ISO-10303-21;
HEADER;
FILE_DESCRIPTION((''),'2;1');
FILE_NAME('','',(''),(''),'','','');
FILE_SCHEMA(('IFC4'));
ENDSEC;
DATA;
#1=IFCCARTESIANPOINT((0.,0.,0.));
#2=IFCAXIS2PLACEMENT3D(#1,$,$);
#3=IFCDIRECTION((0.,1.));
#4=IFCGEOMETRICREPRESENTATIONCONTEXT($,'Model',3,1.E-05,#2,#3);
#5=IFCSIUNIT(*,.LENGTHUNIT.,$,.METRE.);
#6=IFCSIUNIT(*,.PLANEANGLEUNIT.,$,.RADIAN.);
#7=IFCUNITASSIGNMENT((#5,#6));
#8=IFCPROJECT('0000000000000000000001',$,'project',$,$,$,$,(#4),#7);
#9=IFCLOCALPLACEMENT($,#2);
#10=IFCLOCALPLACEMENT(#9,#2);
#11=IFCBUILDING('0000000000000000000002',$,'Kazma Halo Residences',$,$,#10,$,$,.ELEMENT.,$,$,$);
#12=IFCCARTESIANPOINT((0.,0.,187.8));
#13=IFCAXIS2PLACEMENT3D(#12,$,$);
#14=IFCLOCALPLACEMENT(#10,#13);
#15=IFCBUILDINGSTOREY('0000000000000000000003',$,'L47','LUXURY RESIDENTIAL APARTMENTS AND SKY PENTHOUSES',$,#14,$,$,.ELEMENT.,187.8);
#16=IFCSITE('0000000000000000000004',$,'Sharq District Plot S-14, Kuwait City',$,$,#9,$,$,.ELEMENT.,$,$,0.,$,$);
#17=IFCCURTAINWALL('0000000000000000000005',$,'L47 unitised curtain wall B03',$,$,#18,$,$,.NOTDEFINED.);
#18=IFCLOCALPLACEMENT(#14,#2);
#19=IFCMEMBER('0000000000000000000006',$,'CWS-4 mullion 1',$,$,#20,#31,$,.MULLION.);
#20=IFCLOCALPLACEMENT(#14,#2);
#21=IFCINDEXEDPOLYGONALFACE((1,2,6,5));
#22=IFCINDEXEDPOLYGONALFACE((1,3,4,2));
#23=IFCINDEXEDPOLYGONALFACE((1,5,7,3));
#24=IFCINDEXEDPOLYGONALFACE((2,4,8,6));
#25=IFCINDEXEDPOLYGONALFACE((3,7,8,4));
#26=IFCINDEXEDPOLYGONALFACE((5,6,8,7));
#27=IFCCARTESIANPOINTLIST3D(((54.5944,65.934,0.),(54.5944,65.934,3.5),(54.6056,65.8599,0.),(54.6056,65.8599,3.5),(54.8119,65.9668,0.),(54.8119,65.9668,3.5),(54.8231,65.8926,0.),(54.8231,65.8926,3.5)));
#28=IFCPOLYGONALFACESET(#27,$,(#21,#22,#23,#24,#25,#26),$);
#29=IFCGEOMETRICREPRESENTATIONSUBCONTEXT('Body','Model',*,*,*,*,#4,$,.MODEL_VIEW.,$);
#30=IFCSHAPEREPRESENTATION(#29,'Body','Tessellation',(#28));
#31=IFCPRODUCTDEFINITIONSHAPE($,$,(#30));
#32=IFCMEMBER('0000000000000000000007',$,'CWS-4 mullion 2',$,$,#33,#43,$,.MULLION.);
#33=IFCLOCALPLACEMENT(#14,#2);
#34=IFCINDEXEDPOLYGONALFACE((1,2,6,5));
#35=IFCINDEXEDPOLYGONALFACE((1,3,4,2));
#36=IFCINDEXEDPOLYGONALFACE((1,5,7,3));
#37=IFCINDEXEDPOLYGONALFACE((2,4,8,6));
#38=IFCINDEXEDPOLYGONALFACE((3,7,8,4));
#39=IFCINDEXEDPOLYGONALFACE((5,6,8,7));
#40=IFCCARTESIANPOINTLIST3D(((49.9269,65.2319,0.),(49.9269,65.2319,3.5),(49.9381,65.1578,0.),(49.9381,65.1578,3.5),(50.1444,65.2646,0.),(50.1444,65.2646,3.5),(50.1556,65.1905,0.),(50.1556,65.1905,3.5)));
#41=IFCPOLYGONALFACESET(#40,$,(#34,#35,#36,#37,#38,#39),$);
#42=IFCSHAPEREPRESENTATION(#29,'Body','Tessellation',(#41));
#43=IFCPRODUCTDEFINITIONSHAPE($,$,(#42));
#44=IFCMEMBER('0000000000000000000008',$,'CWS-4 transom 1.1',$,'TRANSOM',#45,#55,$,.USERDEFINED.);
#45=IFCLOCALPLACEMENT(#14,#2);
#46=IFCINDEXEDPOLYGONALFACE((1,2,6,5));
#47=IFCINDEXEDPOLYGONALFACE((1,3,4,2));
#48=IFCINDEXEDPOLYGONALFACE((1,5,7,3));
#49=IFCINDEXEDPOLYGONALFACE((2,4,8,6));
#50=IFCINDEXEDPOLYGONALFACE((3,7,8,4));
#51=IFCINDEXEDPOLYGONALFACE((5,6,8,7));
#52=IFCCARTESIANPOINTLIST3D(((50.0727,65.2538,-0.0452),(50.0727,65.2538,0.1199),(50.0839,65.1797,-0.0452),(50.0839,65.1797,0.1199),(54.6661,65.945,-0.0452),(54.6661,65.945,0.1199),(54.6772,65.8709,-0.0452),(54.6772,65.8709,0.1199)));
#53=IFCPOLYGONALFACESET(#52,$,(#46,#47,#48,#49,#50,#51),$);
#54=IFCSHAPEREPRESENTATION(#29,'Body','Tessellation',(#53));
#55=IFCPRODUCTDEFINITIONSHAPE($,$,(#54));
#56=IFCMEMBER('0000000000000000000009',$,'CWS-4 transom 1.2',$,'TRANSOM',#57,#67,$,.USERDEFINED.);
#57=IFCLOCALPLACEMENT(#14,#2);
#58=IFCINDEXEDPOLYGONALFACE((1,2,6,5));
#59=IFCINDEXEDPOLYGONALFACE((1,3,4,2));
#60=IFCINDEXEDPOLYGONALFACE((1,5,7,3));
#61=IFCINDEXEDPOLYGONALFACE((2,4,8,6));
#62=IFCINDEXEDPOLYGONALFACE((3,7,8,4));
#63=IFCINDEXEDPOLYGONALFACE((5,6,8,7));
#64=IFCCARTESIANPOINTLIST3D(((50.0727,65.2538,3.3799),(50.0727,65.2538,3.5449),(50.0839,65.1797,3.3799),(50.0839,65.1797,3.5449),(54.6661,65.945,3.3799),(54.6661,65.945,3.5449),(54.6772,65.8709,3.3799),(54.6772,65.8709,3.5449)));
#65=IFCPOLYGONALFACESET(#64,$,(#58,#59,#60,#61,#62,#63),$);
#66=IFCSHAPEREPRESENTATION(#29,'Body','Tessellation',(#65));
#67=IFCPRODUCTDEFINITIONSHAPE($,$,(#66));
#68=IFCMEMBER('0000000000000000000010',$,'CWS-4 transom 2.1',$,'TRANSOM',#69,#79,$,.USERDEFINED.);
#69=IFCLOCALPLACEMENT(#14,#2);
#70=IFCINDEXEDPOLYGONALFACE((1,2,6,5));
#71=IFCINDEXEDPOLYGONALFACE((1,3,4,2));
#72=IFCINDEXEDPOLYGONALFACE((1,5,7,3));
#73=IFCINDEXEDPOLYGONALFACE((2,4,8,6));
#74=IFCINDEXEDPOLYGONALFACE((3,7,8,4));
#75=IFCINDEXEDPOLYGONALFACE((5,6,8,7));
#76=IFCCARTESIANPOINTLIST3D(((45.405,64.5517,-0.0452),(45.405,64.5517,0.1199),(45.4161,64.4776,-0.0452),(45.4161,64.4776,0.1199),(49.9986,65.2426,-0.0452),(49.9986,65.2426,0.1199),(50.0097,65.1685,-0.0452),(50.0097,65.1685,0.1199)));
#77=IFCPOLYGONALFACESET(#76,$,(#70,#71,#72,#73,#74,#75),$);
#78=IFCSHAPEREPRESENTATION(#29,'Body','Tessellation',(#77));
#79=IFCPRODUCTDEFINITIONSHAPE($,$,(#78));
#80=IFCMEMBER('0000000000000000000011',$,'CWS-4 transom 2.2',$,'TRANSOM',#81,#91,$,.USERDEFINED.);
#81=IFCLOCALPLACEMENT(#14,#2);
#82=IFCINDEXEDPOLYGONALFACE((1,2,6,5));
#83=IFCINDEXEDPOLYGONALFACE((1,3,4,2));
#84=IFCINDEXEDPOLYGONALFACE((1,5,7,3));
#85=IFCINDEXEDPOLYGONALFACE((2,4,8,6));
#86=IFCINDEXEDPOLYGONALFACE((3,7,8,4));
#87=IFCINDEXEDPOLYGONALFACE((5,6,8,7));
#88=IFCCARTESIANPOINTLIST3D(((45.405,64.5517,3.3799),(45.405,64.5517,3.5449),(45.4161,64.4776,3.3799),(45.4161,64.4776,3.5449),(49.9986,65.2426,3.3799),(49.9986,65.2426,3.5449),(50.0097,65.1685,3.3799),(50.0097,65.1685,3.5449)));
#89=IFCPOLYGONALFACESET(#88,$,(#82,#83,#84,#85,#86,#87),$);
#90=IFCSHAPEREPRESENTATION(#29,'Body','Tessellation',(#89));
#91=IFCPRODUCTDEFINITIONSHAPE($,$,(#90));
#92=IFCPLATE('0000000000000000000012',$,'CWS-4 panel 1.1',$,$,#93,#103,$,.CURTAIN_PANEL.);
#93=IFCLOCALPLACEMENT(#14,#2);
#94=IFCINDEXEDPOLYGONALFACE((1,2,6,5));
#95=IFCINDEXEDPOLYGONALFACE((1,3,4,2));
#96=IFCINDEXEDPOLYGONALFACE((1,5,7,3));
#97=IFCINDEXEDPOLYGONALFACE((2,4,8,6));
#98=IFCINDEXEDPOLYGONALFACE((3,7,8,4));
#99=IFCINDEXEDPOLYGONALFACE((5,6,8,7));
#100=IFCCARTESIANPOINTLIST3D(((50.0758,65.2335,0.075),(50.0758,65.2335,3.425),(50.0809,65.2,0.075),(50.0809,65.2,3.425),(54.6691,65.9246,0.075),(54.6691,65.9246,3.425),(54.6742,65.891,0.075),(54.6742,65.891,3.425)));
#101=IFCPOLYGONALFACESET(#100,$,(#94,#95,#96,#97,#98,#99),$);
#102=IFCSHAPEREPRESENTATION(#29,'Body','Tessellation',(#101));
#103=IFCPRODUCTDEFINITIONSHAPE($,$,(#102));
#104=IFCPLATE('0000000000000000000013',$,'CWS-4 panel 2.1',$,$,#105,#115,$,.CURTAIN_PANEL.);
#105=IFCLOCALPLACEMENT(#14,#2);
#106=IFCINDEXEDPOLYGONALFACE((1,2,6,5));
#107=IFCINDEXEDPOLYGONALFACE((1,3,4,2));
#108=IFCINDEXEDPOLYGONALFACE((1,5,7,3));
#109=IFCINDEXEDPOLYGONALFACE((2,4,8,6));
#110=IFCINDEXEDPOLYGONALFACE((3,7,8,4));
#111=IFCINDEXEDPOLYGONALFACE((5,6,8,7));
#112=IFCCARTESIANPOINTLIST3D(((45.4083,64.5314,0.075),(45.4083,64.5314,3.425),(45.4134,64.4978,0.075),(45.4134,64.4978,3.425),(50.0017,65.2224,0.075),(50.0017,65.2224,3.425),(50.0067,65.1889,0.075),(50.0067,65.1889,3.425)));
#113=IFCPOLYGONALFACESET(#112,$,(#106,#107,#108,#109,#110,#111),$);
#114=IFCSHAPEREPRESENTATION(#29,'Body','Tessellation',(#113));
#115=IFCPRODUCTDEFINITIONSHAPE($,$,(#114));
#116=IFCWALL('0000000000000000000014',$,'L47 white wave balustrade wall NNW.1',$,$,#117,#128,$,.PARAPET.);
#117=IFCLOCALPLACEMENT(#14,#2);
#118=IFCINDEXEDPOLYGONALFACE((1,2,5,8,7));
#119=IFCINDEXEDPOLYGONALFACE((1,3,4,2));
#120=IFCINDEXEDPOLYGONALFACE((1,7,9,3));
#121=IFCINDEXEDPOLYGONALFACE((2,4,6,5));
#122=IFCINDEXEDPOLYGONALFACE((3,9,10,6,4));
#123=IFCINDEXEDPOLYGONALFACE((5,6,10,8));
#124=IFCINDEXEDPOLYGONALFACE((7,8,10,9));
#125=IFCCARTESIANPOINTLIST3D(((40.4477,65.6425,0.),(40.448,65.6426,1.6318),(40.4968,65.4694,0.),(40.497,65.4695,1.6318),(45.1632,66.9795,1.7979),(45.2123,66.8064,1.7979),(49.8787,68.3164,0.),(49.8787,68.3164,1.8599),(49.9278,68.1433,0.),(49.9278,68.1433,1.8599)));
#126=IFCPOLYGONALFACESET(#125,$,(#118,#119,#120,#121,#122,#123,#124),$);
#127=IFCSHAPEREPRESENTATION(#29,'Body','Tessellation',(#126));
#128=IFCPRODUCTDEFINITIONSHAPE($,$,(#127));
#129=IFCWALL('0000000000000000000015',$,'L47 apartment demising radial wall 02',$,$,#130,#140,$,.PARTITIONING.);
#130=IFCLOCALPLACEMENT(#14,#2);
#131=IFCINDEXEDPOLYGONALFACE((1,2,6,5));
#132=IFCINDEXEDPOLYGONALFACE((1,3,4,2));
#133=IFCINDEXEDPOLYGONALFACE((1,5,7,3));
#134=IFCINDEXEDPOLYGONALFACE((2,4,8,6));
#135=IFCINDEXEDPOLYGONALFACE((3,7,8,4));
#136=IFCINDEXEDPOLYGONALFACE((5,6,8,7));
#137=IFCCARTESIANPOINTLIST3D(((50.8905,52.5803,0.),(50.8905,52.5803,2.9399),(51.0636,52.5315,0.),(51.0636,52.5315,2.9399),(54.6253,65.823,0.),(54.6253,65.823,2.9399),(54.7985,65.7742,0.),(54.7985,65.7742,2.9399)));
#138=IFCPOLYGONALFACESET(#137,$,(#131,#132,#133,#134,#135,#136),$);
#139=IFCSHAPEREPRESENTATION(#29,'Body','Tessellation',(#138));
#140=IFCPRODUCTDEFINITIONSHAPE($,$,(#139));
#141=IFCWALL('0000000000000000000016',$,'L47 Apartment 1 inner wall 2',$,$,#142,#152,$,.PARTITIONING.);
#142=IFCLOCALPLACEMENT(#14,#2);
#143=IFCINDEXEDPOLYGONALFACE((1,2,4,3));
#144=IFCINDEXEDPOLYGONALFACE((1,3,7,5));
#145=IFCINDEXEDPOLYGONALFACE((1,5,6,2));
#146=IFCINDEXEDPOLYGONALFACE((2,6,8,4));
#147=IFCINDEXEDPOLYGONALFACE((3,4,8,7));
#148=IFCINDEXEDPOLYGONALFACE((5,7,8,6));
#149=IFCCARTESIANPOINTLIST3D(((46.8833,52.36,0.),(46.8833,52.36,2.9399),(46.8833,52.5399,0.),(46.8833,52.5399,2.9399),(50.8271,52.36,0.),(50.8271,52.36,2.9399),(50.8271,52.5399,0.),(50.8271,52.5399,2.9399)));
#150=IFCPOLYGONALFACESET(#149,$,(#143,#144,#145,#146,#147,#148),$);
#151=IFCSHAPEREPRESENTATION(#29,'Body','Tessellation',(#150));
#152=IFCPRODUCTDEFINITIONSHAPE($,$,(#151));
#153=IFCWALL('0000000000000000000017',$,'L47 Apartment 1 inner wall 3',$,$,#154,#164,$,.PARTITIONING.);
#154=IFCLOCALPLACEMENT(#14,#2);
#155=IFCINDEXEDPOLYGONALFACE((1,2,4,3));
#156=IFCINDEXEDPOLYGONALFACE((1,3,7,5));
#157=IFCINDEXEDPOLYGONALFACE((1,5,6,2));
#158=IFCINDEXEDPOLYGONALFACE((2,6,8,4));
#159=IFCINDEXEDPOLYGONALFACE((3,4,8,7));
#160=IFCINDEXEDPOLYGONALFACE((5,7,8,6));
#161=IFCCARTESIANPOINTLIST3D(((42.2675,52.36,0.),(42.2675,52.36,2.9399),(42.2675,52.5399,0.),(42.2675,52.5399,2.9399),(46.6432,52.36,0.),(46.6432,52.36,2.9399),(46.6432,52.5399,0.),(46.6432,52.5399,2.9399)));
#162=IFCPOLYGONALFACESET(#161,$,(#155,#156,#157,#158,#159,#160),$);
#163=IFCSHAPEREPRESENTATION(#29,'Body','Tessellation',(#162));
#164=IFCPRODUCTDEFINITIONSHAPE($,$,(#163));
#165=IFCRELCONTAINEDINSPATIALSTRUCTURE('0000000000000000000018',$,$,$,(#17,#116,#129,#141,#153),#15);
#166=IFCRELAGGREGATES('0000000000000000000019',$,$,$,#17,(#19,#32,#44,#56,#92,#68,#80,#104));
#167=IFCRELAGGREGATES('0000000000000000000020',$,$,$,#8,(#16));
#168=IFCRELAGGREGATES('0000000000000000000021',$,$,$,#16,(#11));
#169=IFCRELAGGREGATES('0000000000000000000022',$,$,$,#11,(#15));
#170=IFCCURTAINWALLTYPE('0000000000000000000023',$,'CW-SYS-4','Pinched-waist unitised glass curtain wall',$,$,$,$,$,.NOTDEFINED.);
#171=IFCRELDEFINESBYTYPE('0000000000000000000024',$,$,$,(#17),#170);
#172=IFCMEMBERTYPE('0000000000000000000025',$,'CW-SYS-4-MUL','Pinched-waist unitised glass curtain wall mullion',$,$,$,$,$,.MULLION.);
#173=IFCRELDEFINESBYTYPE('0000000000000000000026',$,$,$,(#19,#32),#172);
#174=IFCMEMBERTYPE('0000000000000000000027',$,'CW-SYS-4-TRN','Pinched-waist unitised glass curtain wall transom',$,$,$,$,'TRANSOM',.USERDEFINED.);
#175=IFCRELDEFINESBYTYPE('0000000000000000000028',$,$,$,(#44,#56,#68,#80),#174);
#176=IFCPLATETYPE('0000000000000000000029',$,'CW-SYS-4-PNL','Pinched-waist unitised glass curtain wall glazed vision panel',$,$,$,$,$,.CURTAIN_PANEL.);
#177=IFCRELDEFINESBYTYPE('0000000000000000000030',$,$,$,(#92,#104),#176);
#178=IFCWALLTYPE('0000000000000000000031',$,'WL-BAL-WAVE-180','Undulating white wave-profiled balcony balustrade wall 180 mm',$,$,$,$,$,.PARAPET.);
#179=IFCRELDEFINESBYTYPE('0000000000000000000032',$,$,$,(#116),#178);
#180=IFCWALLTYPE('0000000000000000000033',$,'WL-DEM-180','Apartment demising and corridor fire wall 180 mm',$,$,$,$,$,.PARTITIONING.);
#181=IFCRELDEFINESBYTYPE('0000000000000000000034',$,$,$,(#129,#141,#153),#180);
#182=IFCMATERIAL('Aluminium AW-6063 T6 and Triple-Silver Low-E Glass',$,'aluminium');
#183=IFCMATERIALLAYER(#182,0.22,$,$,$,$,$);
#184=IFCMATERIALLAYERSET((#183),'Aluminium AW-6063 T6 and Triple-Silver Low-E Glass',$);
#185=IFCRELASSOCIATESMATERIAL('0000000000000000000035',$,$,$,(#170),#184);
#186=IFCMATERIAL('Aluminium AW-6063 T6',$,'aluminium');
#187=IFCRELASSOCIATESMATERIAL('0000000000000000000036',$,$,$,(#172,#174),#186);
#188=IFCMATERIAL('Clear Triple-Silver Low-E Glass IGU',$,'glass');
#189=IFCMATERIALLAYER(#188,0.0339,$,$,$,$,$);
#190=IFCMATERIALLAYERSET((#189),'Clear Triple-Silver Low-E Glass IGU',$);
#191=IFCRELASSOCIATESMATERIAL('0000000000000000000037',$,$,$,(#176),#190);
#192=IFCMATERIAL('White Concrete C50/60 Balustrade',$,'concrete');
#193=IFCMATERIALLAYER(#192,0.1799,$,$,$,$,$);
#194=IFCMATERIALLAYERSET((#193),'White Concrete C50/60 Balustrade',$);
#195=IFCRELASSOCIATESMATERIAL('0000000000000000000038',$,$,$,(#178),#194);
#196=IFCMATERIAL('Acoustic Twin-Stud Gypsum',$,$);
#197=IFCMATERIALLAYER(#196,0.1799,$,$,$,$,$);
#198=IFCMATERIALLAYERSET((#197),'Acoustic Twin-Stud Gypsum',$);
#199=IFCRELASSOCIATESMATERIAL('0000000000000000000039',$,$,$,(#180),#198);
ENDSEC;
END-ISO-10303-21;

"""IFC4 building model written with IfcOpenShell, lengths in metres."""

from ifc_helpers import new_model, si_unit, direction, frame, frame_2d, origin, origin_2d, place, context, subcontext, project, spatial, polyline, rectangle, outline, extrude, material, layer, layer_set, material_profile, profile_set, type_object, element, aggregate, save


model = new_model("IFC4")

# Units and contexts
model_context = context("Model", 3, precision=1e-05, world=origin(), true_north=direction((0.0, 1.0)))
body_context = subcontext(model_context, "Body", "Model", "MODEL_VIEW")
ifc_project = project(units=[si_unit("LENGTHUNIT", "METRE"), si_unit("PLANEANGLEUNIT", "RADIAN")], contexts=[model_context])

# Site, building, storey
site_placement = place(None, origin())
site = spatial("IfcSite", under=ifc_project, at=site_placement, Name="Sharq District Plot S-14, Kuwait City", CompositionType="ELEMENT", RefElevation=0.0)
building_placement = place(site_placement, origin())
building = spatial("IfcBuilding", under=site, at=building_placement, Name="Kazma Halo Residences", CompositionType="ELEMENT")
storey_placement = place(building_placement, frame((0.0, 0.0, 187.8)))
storey = spatial("IfcBuildingStorey", under=building, at=storey_placement, Name="L47", Description="LUXURY RESIDENTIAL APARTMENTS AND SKY PENTHOUSES", CompositionType="ELEMENT", Elevation=187.8)

# Curtain wall, members, plates
ifc_material_1 = material(Name="Aluminium AW-6063 T6 and Triple-Silver Low-E Glass", Category="aluminium")
ifc_layer_1 = layer(ifc_material_1, 0.22)
ifc_layer_set_1 = layer_set([ifc_layer_1], Name="Aluminium AW-6063 T6 and Triple-Silver Low-E Glass")
curtain_wall_type = type_object("IfcCurtainWallType", Name="CW-SYS-4", Description="Pinched-waist unitised glass curtain wall", PredefinedType="NOTDEFINED", material=ifc_layer_set_1)
curtain_wall_placement = place(storey_placement, origin())
curtain_wall = element("IfcCurtainWall", 1, at=curtain_wall_placement, inside=storey, type_object=curtain_wall_type, Name="L47 unitised curtain wall B03", PredefinedType="NOTDEFINED")
ifc_material_2 = material(Name="Aluminium AW-6063 T6", Category="aluminium")
ifc_material_profile_1 = material_profile(ifc_material_2, rectangle(XDim=0.075, YDim=0.22, at=origin_2d()), Name="CWM-75x220")
ifc_profile_set_1 = profile_set([ifc_material_profile_1], Name="Aluminium AW-6063 T6")
member_type_1 = type_object("IfcMemberType", Name="CW-SYS-4-MUL", Description="Pinched-waist unitised glass curtain wall mullion", PredefinedType="MULLION", material=ifc_profile_set_1)
member_1_placement = place(storey_placement, frame((54.7087, 65.9133, 0.0), z_axis=(0.0, 0.0, 1.0), x_axis=(0.148773, -0.988871, 0.0)))
member_1 = element("IfcMember", 2, at=member_1_placement, type_object=member_type_1, Name="CWS-4 mullion 1", PredefinedType="MULLION", context=body_context, shape_type="SweptSolid", body=[
    extrude(rectangle(XDim=0.075, YDim=0.22, at=origin_2d()), origin(), (0.0, 0.0, 1.0), 3.5),
])
member_2_placement = place(storey_placement, frame((50.0413, 65.2112, 0.0), z_axis=(0.0, 0.0, 1.0), x_axis=(0.148773, -0.988871, 0.0)))
member_2 = element("IfcMember", 3, at=member_2_placement, type_object=member_type_1, Name="CWS-4 mullion 2", PredefinedType="MULLION", context=body_context, shape_type="SweptSolid", body=[
    extrude(rectangle(XDim=0.075, YDim=0.22, at=origin_2d()), origin(), (0.0, 0.0, 1.0), 3.5),
])
ifc_material_profile_2 = material_profile(ifc_material_2, rectangle(XDim=0.075, YDim=0.165, at=origin_2d()), Name="CWT-75x165")
ifc_profile_set_2 = profile_set([ifc_material_profile_2], Name="Aluminium AW-6063 T6")
member_type_2 = type_object("IfcMemberType", Name="CW-SYS-4-TRN", Description="Pinched-waist unitised glass curtain wall transom", ElementType="TRANSOM", PredefinedType="USERDEFINED", material=ifc_profile_set_2)
member_3_placement = place(storey_placement, frame((54.6716, 65.908, 0.0374), z_axis=(-0.988868, -0.148798, 0.0), x_axis=(0.148798, -0.988868, 0.0)))
member_3 = element("IfcMember", 4, at=member_3_placement, type_object=member_type_2, Name="CWS-4 transom 1.1", ObjectType="TRANSOM", PredefinedType="USERDEFINED", context=body_context, shape_type="SweptSolid", body=[
    extrude(rectangle(XDim=0.075, YDim=0.165, at=origin_2d()), origin(), (0.0, 0.0, 1.0), 4.645),
])
member_4_placement = place(storey_placement, frame((54.6716, 65.908, 3.4624), z_axis=(-0.988868, -0.148798, 0.0), x_axis=(0.148798, -0.988868, 0.0)))
member_4 = element("IfcMember", 5, at=member_4_placement, type_object=member_type_2, Name="CWS-4 transom 1.2", ObjectType="TRANSOM", PredefinedType="USERDEFINED", context=body_context, shape_type="SweptSolid", body=[
    extrude(rectangle(XDim=0.075, YDim=0.165, at=origin_2d()), origin(), (0.0, 0.0, 1.0), 4.645),
])
member_5_placement = place(storey_placement, frame((50.0042, 65.2056, 0.0374), z_axis=(-0.988877, -0.148739, 0.0), x_axis=(0.148739, -0.988877, 0.0)))
member_5 = element("IfcMember", 6, at=member_5_placement, type_object=member_type_2, Name="CWS-4 transom 2.1", ObjectType="TRANSOM", PredefinedType="USERDEFINED", context=body_context, shape_type="SweptSolid", body=[
    extrude(rectangle(XDim=0.075, YDim=0.165, at=origin_2d()), origin(), (0.0, 0.0, 1.0), 4.6453),
])
member_6_placement = place(storey_placement, frame((50.0042, 65.2056, 3.4624), z_axis=(-0.988877, -0.148739, 0.0), x_axis=(0.148739, -0.988877, 0.0)))
member_6 = element("IfcMember", 7, at=member_6_placement, type_object=member_type_2, Name="CWS-4 transom 2.2", ObjectType="TRANSOM", PredefinedType="USERDEFINED", context=body_context, shape_type="SweptSolid", body=[
    extrude(rectangle(XDim=0.075, YDim=0.165, at=origin_2d()), origin(), (0.0, 0.0, 1.0), 4.6453),
])
ifc_material_3 = material(Name="Clear Triple-Silver Low-E Glass IGU", Category="glass")
ifc_layer_2 = layer(ifc_material_3, 0.0339)
ifc_layer_set_2 = layer_set([ifc_layer_2], Name="Clear Triple-Silver Low-E Glass IGU")
plate_type = type_object("IfcPlateType", Name="CW-SYS-4-PNL", Description="Pinched-waist unitised glass curtain wall glazed vision panel", PredefinedType="CURTAIN_PANEL", material=ifc_layer_set_2)
plate_1_placement = place(storey_placement, frame((52.375, 65.5623, 0.075), z_axis=(0.0, 0.0, 1.0), x_axis=(-0.988871, -0.148773, 0.0)))
plate_1 = element("IfcPlate", 8, at=plate_1_placement, type_object=plate_type, Name="CWS-4 panel 1.1", PredefinedType="CURTAIN_PANEL", context=body_context, shape_type="SweptSolid", body=[
    extrude(rectangle(XDim=4.645, YDim=0.0339, at=origin_2d()), origin(), (0.0, 0.0, 1.0), 3.3501),
])
plate_2_placement = place(storey_placement, frame((47.7075, 64.8601, 0.075), z_axis=(0.0, 0.0, 1.0), x_axis=(-0.988871, -0.148773, 0.0)))
plate_2 = element("IfcPlate", 9, at=plate_2_placement, type_object=plate_type, Name="CWS-4 panel 2.1", PredefinedType="CURTAIN_PANEL", context=body_context, shape_type="SweptSolid", body=[
    extrude(rectangle(XDim=4.645, YDim=0.0339, at=origin_2d()), origin(), (0.0, 0.0, 1.0), 3.3501),
])
aggregate(curtain_wall, [member_1, member_2, member_3, member_4, plate_1, member_5, member_6, plate_2])

# Walls
ifc_material_4 = material(Name="White Concrete C50/60 Balustrade", Category="concrete")
ifc_layer_3 = layer(ifc_material_4, 0.1799)
ifc_layer_set_3 = layer_set([ifc_layer_3], Name="White Concrete C50/60 Balustrade")
wall_type_1 = type_object("IfcWallType", Name="WL-BAL-WAVE-180", Description="Undulating white wave-profiled balcony balustrade wall 180 mm", PredefinedType="PARAPET", material=ifc_layer_set_3)
wall_1_placement = place(storey_placement, frame((49.9033, 68.2297, 0.0), z_axis=(0.0, 0.0, 1.0), x_axis=(-0.96208, -0.272767, 0.0)))
element("IfcWall", 10, at=wall_1_placement, inside=storey, type_object=wall_type_1, Name="L47 white wave balustrade wall NNW.1", PredefinedType="PARAPET", context=body_context, shape_type="SweptSolid", body=[
    extrude(outline(polyline([(0.0, 0.0), (9.8027, 0.0), (9.8025, 1.6318), (4.9014, 1.7979), (0.0, 1.8599), (0.0, 0.0)])), frame((0.0, 0.0898, 0.0), z_axis=(0.0, -1.0, 0.0), x_axis=(1.0, 0.0, 0.0)), (0.0, 0.0, 1.0), 0.1799),
])
ifc_material_5 = material(Name="Acoustic Twin-Stud Gypsum")
ifc_layer_4 = layer(ifc_material_5, 0.1799)
ifc_layer_set_4 = layer_set([ifc_layer_4], Name="Acoustic Twin-Stud Gypsum")
wall_type_2 = type_object("IfcWallType", Name="WL-DEM-180", Description="Apartment demising and corridor fire wall 180 mm", PredefinedType="PARTITIONING", material=ifc_layer_set_4)
wall_2_placement = place(storey_placement, frame((50.9771, 52.5559, 0.0), z_axis=(0.0, 0.0, 1.0), x_axis=(0.271443, 0.962454, 0.0)))
element("IfcWall", 11, at=wall_2_placement, inside=storey, type_object=wall_type_2, Name="L47 apartment demising radial wall 02", PredefinedType="PARTITIONING", context=body_context, shape_type="SweptSolid", body=[
    extrude(rectangle(XDim=13.7593, YDim=0.1799, at=frame_2d((6.8796, 0.0))), origin(), (0.0, 0.0, 1.0), 2.9399),
])
wall_3_placement = place(storey_placement, frame((50.8271, 52.45, 0.0), z_axis=(0.0, 0.0, 1.0), x_axis=(-1.0, 0.0, 0.0)))
element("IfcWall", 12, at=wall_3_placement, inside=storey, type_object=wall_type_2, Name="L47 Apartment 1 inner wall 2", PredefinedType="PARTITIONING", context=body_context, shape_type="SweptSolid", body=[
    extrude(rectangle(XDim=3.9438, YDim=0.1799, at=frame_2d((1.9719, 0.0))), origin(), (0.0, 0.0, 1.0), 2.9399),
])
wall_4_placement = place(storey_placement, frame((46.6433, 52.45, 0.0), z_axis=(0.0, 0.0, 1.0), x_axis=(-1.0, 0.0, 0.0)))
element("IfcWall", 13, at=wall_4_placement, inside=storey, type_object=wall_type_2, Name="L47 Apartment 1 inner wall 3", PredefinedType="PARTITIONING", context=body_context, shape_type="SweptSolid", body=[
    extrude(rectangle(XDim=4.3757, YDim=0.1799, at=frame_2d((2.188, 0.0))), origin(), (0.0, 0.0, 1.0), 2.9399),
])

save(model, "model.ifc")
